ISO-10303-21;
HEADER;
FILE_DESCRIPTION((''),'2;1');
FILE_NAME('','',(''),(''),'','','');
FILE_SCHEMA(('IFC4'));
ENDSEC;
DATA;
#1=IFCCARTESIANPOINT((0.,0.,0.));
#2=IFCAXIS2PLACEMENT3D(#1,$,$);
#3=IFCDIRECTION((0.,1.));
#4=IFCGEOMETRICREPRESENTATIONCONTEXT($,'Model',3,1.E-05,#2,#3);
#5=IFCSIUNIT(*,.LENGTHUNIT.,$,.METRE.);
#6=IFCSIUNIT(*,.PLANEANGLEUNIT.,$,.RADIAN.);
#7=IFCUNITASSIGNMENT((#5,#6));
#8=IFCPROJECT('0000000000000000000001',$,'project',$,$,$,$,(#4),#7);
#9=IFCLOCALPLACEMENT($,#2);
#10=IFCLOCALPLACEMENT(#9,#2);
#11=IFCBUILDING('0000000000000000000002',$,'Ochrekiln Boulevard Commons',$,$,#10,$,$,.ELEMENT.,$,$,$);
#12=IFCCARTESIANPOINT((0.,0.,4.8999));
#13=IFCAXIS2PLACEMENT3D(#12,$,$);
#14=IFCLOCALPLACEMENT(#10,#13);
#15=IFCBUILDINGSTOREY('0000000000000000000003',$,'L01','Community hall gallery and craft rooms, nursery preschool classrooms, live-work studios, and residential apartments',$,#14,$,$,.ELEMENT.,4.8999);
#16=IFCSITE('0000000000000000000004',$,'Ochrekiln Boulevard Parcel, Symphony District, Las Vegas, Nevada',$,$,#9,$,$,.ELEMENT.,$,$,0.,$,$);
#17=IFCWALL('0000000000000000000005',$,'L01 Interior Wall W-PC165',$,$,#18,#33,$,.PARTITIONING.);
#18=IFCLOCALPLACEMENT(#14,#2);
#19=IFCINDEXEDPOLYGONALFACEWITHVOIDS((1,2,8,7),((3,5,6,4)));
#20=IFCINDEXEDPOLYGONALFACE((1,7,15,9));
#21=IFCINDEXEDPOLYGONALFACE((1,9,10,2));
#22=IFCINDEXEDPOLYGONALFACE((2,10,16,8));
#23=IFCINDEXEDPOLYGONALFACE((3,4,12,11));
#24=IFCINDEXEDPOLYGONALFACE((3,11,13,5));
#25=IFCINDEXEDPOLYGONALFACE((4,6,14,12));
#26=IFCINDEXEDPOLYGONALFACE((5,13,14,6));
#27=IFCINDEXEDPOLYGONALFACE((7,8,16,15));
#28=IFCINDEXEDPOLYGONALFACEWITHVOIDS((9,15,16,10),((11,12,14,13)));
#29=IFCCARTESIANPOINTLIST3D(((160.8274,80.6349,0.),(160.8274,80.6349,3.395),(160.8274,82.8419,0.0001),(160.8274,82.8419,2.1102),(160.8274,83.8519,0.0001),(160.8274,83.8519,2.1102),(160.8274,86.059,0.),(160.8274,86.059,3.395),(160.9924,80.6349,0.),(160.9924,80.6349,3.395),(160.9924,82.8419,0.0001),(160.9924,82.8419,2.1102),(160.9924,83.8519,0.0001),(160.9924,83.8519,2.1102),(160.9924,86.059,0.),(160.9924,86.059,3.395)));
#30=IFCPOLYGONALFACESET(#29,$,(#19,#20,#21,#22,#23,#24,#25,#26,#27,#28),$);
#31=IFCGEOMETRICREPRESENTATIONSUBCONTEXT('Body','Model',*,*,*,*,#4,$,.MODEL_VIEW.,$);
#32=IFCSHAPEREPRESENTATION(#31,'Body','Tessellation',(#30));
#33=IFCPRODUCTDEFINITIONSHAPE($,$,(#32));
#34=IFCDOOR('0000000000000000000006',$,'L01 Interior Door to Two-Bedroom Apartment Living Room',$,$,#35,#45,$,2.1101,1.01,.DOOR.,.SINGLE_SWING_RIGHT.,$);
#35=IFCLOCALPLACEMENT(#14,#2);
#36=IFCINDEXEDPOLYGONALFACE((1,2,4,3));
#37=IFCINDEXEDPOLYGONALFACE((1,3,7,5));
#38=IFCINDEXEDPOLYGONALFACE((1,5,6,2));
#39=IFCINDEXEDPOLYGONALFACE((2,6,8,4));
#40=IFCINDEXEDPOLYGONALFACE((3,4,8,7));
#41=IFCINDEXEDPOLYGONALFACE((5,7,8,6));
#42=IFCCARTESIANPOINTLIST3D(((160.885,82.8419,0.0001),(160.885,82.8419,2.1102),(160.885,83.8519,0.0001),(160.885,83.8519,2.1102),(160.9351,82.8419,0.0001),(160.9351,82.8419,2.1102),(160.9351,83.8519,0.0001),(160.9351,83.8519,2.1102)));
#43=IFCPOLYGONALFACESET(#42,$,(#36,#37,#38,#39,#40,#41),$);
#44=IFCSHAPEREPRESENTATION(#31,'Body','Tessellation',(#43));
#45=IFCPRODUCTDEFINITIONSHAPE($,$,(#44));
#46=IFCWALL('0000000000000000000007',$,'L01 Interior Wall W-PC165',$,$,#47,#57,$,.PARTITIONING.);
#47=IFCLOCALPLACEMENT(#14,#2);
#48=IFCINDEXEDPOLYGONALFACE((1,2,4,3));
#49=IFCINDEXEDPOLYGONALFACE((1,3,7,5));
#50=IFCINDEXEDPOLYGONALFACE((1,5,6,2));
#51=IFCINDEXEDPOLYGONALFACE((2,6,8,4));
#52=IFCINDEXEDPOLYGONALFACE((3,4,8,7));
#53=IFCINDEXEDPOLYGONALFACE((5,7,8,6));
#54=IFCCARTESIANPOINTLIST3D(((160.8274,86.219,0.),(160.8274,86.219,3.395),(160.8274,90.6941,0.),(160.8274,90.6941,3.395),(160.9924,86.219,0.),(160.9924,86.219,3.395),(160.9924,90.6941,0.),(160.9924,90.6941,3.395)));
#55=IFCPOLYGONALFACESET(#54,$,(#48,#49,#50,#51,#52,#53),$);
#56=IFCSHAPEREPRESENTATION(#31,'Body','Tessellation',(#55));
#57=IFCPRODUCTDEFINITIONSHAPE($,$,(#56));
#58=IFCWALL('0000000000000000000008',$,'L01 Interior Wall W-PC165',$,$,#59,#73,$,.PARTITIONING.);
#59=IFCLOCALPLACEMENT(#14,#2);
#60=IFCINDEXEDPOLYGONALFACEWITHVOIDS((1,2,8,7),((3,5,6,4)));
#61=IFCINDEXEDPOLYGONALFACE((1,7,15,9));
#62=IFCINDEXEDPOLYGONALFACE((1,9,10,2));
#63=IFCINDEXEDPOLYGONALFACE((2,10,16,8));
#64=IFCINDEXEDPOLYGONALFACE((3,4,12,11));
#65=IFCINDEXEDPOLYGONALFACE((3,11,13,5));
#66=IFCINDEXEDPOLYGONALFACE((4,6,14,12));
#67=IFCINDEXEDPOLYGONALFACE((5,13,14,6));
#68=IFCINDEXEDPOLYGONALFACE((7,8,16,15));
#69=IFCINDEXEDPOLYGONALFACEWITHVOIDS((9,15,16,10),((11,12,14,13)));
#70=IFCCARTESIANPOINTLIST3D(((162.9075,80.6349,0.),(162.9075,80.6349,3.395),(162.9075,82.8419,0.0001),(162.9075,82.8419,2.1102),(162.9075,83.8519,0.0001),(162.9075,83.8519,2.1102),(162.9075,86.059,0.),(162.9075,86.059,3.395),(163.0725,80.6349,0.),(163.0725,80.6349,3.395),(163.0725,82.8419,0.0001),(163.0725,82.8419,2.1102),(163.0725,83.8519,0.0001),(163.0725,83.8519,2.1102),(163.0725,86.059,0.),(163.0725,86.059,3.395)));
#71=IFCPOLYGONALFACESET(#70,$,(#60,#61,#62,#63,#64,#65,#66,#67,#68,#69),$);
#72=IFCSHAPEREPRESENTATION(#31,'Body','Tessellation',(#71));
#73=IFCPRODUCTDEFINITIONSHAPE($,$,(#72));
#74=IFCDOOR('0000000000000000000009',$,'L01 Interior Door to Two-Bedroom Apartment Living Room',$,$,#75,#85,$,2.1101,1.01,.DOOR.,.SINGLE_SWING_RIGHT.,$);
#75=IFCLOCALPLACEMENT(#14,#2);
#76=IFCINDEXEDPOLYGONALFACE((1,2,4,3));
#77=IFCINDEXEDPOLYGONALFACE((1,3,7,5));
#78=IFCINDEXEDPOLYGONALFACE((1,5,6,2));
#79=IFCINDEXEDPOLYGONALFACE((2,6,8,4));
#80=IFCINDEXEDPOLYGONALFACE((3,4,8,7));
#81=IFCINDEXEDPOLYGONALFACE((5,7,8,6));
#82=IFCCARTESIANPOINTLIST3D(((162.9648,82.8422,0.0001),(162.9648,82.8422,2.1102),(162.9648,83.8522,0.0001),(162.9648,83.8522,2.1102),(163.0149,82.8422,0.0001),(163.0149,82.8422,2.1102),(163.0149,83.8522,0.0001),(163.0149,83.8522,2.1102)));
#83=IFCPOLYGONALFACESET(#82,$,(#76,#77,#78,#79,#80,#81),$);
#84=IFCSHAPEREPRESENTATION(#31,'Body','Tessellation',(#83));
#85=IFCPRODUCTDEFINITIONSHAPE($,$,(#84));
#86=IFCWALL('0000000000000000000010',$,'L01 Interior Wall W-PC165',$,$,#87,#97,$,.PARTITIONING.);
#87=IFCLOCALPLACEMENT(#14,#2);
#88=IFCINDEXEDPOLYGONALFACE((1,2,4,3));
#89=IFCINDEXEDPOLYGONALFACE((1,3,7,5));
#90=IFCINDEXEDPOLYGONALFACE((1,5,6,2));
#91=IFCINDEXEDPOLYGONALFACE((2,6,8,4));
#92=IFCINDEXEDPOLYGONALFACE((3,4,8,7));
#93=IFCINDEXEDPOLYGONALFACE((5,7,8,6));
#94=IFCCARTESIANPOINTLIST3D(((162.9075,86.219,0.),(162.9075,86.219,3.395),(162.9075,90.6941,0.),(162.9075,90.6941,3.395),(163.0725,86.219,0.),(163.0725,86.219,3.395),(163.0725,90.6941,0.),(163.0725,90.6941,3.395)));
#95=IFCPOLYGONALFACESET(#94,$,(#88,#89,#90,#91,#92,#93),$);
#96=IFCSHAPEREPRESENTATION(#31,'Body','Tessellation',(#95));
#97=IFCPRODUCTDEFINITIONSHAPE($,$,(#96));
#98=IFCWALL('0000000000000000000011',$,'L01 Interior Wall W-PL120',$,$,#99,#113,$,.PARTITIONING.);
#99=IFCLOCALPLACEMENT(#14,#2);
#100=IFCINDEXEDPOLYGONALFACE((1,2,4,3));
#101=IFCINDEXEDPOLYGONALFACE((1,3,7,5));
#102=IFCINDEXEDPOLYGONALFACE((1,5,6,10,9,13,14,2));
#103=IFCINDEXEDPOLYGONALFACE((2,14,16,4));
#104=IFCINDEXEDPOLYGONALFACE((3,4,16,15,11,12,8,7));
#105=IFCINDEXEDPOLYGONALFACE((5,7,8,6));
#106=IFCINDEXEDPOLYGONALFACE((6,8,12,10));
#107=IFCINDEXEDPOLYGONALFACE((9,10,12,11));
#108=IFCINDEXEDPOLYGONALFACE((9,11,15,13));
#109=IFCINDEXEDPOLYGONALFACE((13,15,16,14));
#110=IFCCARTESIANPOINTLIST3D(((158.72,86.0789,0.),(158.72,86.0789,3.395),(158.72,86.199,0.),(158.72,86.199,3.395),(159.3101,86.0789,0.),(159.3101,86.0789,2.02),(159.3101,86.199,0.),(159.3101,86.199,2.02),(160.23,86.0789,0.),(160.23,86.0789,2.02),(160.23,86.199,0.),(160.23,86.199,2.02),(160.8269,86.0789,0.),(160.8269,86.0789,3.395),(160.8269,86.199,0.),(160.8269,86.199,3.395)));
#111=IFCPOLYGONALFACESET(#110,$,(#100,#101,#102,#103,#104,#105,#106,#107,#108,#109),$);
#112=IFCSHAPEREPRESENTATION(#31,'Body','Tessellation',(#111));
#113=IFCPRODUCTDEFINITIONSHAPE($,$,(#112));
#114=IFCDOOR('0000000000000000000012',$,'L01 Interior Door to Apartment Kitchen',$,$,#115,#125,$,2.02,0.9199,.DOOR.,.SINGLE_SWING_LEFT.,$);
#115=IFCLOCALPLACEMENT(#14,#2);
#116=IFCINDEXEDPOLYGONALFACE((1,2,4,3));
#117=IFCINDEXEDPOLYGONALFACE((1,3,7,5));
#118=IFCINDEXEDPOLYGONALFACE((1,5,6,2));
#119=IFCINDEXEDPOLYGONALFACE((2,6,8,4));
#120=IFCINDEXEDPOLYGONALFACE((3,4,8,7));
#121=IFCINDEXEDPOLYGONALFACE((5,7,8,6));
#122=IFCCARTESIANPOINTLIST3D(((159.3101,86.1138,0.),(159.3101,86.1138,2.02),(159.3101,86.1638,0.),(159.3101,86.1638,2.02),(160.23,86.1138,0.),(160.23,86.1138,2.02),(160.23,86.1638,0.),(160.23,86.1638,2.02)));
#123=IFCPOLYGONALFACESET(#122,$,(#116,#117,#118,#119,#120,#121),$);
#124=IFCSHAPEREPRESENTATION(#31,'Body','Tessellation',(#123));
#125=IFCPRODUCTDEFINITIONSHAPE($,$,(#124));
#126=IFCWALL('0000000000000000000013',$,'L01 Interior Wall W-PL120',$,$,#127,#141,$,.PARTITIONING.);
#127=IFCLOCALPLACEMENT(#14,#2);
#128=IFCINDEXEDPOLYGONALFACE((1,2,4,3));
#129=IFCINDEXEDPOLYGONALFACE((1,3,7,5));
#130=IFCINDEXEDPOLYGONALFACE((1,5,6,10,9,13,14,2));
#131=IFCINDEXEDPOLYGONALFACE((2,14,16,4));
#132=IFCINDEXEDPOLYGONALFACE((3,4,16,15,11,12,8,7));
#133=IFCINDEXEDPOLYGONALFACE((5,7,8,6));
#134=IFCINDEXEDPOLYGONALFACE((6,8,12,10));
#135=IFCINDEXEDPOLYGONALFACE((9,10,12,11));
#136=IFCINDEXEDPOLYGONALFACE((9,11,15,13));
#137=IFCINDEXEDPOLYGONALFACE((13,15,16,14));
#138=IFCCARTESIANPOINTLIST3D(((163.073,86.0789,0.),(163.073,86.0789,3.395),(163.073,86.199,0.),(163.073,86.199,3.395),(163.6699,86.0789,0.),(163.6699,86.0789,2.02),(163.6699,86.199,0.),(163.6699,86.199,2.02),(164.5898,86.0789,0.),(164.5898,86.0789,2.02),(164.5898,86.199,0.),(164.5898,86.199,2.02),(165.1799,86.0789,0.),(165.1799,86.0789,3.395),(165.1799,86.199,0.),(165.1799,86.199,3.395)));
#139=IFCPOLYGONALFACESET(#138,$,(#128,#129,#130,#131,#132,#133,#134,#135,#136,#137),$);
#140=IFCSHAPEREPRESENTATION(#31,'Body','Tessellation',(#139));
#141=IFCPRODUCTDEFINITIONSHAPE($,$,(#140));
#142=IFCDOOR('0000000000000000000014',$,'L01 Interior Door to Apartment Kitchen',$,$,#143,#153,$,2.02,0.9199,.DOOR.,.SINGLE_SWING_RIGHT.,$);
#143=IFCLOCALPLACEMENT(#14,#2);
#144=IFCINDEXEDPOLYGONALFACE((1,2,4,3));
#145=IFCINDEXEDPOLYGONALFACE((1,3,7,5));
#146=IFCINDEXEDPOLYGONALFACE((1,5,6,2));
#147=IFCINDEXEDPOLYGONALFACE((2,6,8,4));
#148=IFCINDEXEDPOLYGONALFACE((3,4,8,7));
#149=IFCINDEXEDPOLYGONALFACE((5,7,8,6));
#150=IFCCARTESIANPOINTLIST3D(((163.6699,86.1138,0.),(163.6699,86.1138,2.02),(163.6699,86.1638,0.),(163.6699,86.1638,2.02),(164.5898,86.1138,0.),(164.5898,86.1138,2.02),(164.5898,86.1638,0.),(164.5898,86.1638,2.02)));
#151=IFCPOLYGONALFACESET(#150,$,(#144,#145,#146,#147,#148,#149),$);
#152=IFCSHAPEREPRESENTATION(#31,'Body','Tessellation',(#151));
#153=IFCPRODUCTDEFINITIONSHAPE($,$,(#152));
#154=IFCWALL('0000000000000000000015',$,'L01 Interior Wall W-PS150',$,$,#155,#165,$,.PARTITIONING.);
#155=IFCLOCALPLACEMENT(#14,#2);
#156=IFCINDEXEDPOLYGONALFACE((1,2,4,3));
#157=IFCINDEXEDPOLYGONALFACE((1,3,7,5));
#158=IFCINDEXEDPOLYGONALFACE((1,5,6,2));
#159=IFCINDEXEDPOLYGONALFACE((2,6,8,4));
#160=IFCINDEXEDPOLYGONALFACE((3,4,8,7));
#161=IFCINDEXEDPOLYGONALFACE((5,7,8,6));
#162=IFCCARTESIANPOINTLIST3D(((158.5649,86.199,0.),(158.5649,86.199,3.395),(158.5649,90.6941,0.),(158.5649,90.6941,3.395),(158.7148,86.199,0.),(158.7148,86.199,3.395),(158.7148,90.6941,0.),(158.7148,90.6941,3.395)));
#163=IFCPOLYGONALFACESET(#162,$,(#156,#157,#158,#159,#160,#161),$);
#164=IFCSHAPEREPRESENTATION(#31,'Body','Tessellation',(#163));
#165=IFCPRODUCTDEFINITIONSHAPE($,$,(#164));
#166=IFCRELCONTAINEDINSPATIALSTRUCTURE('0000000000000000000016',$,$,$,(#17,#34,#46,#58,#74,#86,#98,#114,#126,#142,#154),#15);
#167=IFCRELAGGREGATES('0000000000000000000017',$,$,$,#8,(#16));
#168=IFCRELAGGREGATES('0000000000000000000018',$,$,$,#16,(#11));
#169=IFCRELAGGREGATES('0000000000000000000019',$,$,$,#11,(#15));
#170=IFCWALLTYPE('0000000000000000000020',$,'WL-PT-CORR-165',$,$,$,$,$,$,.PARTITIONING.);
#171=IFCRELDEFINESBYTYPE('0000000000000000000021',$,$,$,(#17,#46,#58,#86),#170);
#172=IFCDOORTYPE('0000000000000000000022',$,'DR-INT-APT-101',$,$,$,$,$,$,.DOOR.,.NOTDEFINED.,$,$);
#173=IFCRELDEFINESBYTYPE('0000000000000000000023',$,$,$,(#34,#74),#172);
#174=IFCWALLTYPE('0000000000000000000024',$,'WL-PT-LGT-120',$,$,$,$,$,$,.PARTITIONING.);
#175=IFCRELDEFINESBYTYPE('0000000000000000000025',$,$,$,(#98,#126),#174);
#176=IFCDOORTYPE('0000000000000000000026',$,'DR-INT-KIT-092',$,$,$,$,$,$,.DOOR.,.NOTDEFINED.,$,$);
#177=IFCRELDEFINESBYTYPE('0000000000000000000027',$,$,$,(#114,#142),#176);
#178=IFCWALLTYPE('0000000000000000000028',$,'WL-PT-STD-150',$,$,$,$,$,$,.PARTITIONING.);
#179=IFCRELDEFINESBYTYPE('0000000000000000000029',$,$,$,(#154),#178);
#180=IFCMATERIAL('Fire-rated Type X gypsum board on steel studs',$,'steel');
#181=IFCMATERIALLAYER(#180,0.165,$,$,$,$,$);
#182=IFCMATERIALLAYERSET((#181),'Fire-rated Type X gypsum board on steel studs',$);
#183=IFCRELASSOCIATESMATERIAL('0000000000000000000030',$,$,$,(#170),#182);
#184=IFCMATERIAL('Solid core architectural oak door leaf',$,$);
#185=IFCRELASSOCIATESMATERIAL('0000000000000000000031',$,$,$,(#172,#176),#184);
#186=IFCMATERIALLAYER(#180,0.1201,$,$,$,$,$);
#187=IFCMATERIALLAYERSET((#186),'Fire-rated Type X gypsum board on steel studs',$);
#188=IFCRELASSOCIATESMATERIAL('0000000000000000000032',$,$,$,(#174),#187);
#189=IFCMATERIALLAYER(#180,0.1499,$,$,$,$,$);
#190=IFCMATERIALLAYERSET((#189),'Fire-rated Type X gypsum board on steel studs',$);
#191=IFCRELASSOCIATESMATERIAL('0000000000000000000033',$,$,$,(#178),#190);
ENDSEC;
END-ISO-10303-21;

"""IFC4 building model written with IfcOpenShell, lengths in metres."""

from ifc_helpers import new_model, si_unit, direction, frame, frame_2d, origin, place, context, subcontext, project, spatial, rectangle, extrude, material, layer, layer_set, type_object, element, fill, save


model = new_model("IFC4")

# Units and contexts
model_context = context("Model", 3, precision=1e-05, world=origin(), true_north=direction((0.0, 1.0)))
body_context = subcontext(model_context, "Body", "Model", "MODEL_VIEW")
ifc_project = project(units=[si_unit("LENGTHUNIT", "METRE"), si_unit("PLANEANGLEUNIT", "RADIAN")], contexts=[model_context])

# Site, building, storey
site_placement = place(None, origin())
site = spatial("IfcSite", under=ifc_project, at=site_placement, Name="Ochrekiln Boulevard Parcel, Symphony District, Las Vegas, Nevada", CompositionType="ELEMENT", RefElevation=0.0)
building_placement = place(site_placement, origin())
building = spatial("IfcBuilding", under=site, at=building_placement, Name="Ochrekiln Boulevard Commons", CompositionType="ELEMENT")
storey_placement = place(building_placement, frame((0.0, 0.0, 4.8999)))
storey = spatial("IfcBuildingStorey", under=building, at=storey_placement, Name="L01", Description="Community hall gallery and craft rooms, nursery preschool classrooms, live-work studios, and residential apartments", CompositionType="ELEMENT", Elevation=4.8999)

# Wall, opening, door
ifc_material_1 = material(Name="Solid core architectural oak door leaf")
ifc_material_2 = material(Name="Fire-rated Type X gypsum board on steel studs", Category="steel")
ifc_layer_1 = layer(ifc_material_2, 0.165)
ifc_layer_set_1 = layer_set([ifc_layer_1], Name="Fire-rated Type X gypsum board on steel studs")
wall_type_1 = type_object("IfcWallType", Name="WL-PT-CORR-165", PredefinedType="PARTITIONING", material=ifc_layer_set_1)
wall_1_placement = place(storey_placement, frame((160.9099, 80.635, 0.0), z_axis=(0.0, 0.0, 1.0), x_axis=(0.0, 1.0, 0.0)))
wall_1 = element("IfcWall", 1, at=wall_1_placement, inside=storey, type_object=wall_type_1, Name="L01 Interior Wall W-PC165", PredefinedType="PARTITIONING", context=body_context, shape_type="SweptSolid", body=[
    extrude(rectangle(XDim=5.4241, YDim=0.165, at=frame_2d((2.7119, 0.0))), origin(), (0.0, 0.0, 1.0), 3.395),
])
opening_1_placement = place(wall_1_placement, frame((2.207, 0.0, 0.0)))
opening_1 = element("IfcOpeningElement", 2, at=opening_1_placement, cuts=wall_1, PredefinedType="OPENING", context=body_context, shape_type="SweptSolid", body=[
    extrude(rectangle(XDim=1.01, YDim=2.1101, at=frame_2d((0.5049, 1.0552))), frame((0.0, 0.0925, 0.0), z_axis=(0.0, -1.0, 0.0), x_axis=(1.0, 0.0, 0.0)), (0.0, 0.0, 1.0), 0.1851),
])
door_type_1 = type_object("IfcDoorType", Name="DR-INT-APT-101", OperationType="NOTDEFINED", PredefinedType="DOOR", material=ifc_material_1)
door_1_placement = place(opening_1_placement, origin())
door_1 = element("IfcDoor", 3, at=door_1_placement, inside=storey, type_object=door_type_1, Name="L01 Interior Door to Two-Bedroom Apartment Living Room", OperationType="SINGLE_SWING_RIGHT", OverallHeight=2.1101, OverallWidth=1.01, PredefinedType="DOOR", context=body_context, shape_type="SweptSolid", body=[
    extrude(rectangle(XDim=1.01, YDim=2.1101, at=frame_2d((0.5049, 1.0552))), frame((0.0, 0.0249, 0.0), z_axis=(0.0, -1.0, 0.0), x_axis=(1.0, 0.0, 0.0)), (0.0, 0.0, 1.0), 0.05),
])
fill(opening_1, door_1)

# Wall
wall_2_placement = place(storey_placement, frame((160.9099, 86.219, 0.0), z_axis=(0.0, 0.0, 1.0), x_axis=(0.0, 1.0, 0.0)))
element("IfcWall", 4, at=wall_2_placement, inside=storey, type_object=wall_type_1, Name="L01 Interior Wall W-PC165", PredefinedType="PARTITIONING", context=body_context, shape_type="SweptSolid", body=[
    extrude(rectangle(XDim=4.4751, YDim=0.165, at=frame_2d((2.2375, 0.0))), origin(), (0.0, 0.0, 1.0), 3.395),
])

# Wall, opening, door
wall_3_placement = place(storey_placement, frame((162.99, 80.635, 0.0), z_axis=(0.0, 0.0, 1.0), x_axis=(0.0, 1.0, 0.0)))
wall_3 = element("IfcWall", 5, at=wall_3_placement, inside=storey, type_object=wall_type_1, Name="L01 Interior Wall W-PC165", PredefinedType="PARTITIONING", context=body_context, shape_type="SweptSolid", body=[
    extrude(rectangle(XDim=5.4241, YDim=0.165, at=frame_2d((2.7119, 0.0))), origin(), (0.0, 0.0, 1.0), 3.395),
])
opening_2_placement = place(wall_3_placement, frame((2.207, 0.0, 0.0)))
opening_2 = element("IfcOpeningElement", 6, at=opening_2_placement, cuts=wall_3, PredefinedType="OPENING", context=body_context, shape_type="SweptSolid", body=[
    extrude(rectangle(XDim=1.01, YDim=2.1101, at=frame_2d((0.5049, 1.0552))), frame((0.0, 0.0925, 0.0), z_axis=(0.0, -1.0, 0.0), x_axis=(1.0, 0.0, 0.0)), (0.0, 0.0, 1.0), 0.1851),
])
door_2_placement = place(opening_2_placement, frame((1.01, 0.0, 0.0), z_axis=(0.0, 0.0, 1.0), x_axis=(-1.0, 0.0, 0.0)))
door_2 = element("IfcDoor", 7, at=door_2_placement, inside=storey, type_object=door_type_1, Name="L01 Interior Door to Two-Bedroom Apartment Living Room", OperationType="SINGLE_SWING_RIGHT", OverallHeight=2.1101, OverallWidth=1.01, PredefinedType="DOOR", context=body_context, shape_type="SweptSolid", body=[
    extrude(rectangle(XDim=1.01, YDim=2.1101, at=frame_2d((0.5049, 1.0552))), frame((0.0, 0.0249, 0.0), z_axis=(0.0, -1.0, 0.0), x_axis=(1.0, 0.0, 0.0)), (0.0, 0.0, 1.0), 0.05),
])
fill(opening_2, door_2)

# Wall
wall_4_placement = place(storey_placement, frame((162.99, 86.219, 0.0), z_axis=(0.0, 0.0, 1.0), x_axis=(0.0, 1.0, 0.0)))
element("IfcWall", 8, at=wall_4_placement, inside=storey, type_object=wall_type_1, Name="L01 Interior Wall W-PC165", PredefinedType="PARTITIONING", context=body_context, shape_type="SweptSolid", body=[
    extrude(rectangle(XDim=4.4751, YDim=0.165, at=frame_2d((2.2375, 0.0))), origin(), (0.0, 0.0, 1.0), 3.395),
])

# Walls, openings, doors
ifc_layer_2 = layer(ifc_material_2, 0.1201)
ifc_layer_set_2 = layer_set([ifc_layer_2], Name="Fire-rated Type X gypsum board on steel studs")
wall_type_2 = type_object("IfcWallType", Name="WL-PT-LGT-120", PredefinedType="PARTITIONING", material=ifc_layer_set_2)
wall_5_placement = place(storey_placement, frame((158.72, 86.1389, 0.0), z_axis=(0.0, 0.0, 1.0), x_axis=(1.0, 0.0, 0.0)))
wall_5 = element("IfcWall", 9, at=wall_5_placement, inside=storey, type_object=wall_type_2, Name="L01 Interior Wall W-PL120", PredefinedType="PARTITIONING", context=body_context, shape_type="SweptSolid", body=[
    extrude(rectangle(XDim=2.1069, YDim=0.1201, at=frame_2d((1.0535, 0.0))), origin(), (0.0, 0.0, 1.0), 3.395),
])
opening_3_placement = place(wall_5_placement, frame((0.5901, 0.0, 0.0)))
opening_3 = element("IfcOpeningElement", 10, at=opening_3_placement, cuts=wall_5, PredefinedType="OPENING", context=body_context, shape_type="SweptSolid", body=[
    extrude(rectangle(XDim=0.9199, YDim=2.02, at=frame_2d((0.46, 1.01))), frame((0.0, 0.0701, 0.0), z_axis=(0.0, -1.0, 0.0), x_axis=(1.0, 0.0, 0.0)), (0.0, 0.0, 1.0), 0.1401),
])
door_type_2 = type_object("IfcDoorType", Name="DR-INT-KIT-092", OperationType="NOTDEFINED", PredefinedType="DOOR", material=ifc_material_1)
door_3_placement = place(opening_3_placement, origin())
door_3 = element("IfcDoor", 11, at=door_3_placement, inside=storey, type_object=door_type_2, Name="L01 Interior Door to Apartment Kitchen", OperationType="SINGLE_SWING_LEFT", OverallHeight=2.02, OverallWidth=0.9199, PredefinedType="DOOR", context=body_context, shape_type="SweptSolid", body=[
    extrude(rectangle(XDim=0.9199, YDim=2.02, at=frame_2d((0.46, 1.01))), frame((0.0, 0.0249, 0.0), z_axis=(0.0, -1.0, 0.0), x_axis=(1.0, 0.0, 0.0)), (0.0, 0.0, 1.0), 0.05),
])
fill(opening_3, door_3)
wall_6_placement = place(storey_placement, frame((163.073, 86.1389, 0.0), z_axis=(0.0, 0.0, 1.0), x_axis=(1.0, 0.0, 0.0)))
wall_6 = element("IfcWall", 12, at=wall_6_placement, inside=storey, type_object=wall_type_2, Name="L01 Interior Wall W-PL120", PredefinedType="PARTITIONING", context=body_context, shape_type="SweptSolid", body=[
    extrude(rectangle(XDim=2.1069, YDim=0.1201, at=frame_2d((1.0535, 0.0))), origin(), (0.0, 0.0, 1.0), 3.395),
])
opening_4_placement = place(wall_6_placement, frame((0.5969, 0.0, 0.0)))
opening_4 = element("IfcOpeningElement", 13, at=opening_4_placement, cuts=wall_6, PredefinedType="OPENING", context=body_context, shape_type="SweptSolid", body=[
    extrude(rectangle(XDim=0.9199, YDim=2.02, at=frame_2d((0.46, 1.01))), frame((0.0, 0.0701, 0.0), z_axis=(0.0, -1.0, 0.0), x_axis=(1.0, 0.0, 0.0)), (0.0, 0.0, 1.0), 0.1401),
])
door_4_placement = place(opening_4_placement, origin())
door_4 = element("IfcDoor", 14, at=door_4_placement, inside=storey, type_object=door_type_2, Name="L01 Interior Door to Apartment Kitchen", OperationType="SINGLE_SWING_RIGHT", OverallHeight=2.02, OverallWidth=0.9199, PredefinedType="DOOR", context=body_context, shape_type="SweptSolid", body=[
    extrude(rectangle(XDim=0.9199, YDim=2.02, at=frame_2d((0.46, 1.01))), frame((0.0, 0.0249, 0.0), z_axis=(0.0, -1.0, 0.0), x_axis=(1.0, 0.0, 0.0)), (0.0, 0.0, 1.0), 0.05),
])
fill(opening_4, door_4)

# Wall
ifc_layer_3 = layer(ifc_material_2, 0.1499)
ifc_layer_set_3 = layer_set([ifc_layer_3], Name="Fire-rated Type X gypsum board on steel studs")
wall_type_3 = type_object("IfcWallType", Name="WL-PT-STD-150", PredefinedType="PARTITIONING", material=ifc_layer_set_3)
wall_7_placement = place(storey_placement, frame((158.6399, 86.199, 0.0), z_axis=(0.0, 0.0, 1.0), x_axis=(0.0, 1.0, 0.0)))
element("IfcWall", 15, at=wall_7_placement, inside=storey, type_object=wall_type_3, Name="L01 Interior Wall W-PS150", PredefinedType="PARTITIONING", context=body_context, shape_type="SweptSolid", body=[
    extrude(rectangle(XDim=4.4951, YDim=0.1499, at=frame_2d((2.2476, 0.0))), origin(), (0.0, 0.0, 1.0), 3.395),
])

save(model, "model.ifc")
